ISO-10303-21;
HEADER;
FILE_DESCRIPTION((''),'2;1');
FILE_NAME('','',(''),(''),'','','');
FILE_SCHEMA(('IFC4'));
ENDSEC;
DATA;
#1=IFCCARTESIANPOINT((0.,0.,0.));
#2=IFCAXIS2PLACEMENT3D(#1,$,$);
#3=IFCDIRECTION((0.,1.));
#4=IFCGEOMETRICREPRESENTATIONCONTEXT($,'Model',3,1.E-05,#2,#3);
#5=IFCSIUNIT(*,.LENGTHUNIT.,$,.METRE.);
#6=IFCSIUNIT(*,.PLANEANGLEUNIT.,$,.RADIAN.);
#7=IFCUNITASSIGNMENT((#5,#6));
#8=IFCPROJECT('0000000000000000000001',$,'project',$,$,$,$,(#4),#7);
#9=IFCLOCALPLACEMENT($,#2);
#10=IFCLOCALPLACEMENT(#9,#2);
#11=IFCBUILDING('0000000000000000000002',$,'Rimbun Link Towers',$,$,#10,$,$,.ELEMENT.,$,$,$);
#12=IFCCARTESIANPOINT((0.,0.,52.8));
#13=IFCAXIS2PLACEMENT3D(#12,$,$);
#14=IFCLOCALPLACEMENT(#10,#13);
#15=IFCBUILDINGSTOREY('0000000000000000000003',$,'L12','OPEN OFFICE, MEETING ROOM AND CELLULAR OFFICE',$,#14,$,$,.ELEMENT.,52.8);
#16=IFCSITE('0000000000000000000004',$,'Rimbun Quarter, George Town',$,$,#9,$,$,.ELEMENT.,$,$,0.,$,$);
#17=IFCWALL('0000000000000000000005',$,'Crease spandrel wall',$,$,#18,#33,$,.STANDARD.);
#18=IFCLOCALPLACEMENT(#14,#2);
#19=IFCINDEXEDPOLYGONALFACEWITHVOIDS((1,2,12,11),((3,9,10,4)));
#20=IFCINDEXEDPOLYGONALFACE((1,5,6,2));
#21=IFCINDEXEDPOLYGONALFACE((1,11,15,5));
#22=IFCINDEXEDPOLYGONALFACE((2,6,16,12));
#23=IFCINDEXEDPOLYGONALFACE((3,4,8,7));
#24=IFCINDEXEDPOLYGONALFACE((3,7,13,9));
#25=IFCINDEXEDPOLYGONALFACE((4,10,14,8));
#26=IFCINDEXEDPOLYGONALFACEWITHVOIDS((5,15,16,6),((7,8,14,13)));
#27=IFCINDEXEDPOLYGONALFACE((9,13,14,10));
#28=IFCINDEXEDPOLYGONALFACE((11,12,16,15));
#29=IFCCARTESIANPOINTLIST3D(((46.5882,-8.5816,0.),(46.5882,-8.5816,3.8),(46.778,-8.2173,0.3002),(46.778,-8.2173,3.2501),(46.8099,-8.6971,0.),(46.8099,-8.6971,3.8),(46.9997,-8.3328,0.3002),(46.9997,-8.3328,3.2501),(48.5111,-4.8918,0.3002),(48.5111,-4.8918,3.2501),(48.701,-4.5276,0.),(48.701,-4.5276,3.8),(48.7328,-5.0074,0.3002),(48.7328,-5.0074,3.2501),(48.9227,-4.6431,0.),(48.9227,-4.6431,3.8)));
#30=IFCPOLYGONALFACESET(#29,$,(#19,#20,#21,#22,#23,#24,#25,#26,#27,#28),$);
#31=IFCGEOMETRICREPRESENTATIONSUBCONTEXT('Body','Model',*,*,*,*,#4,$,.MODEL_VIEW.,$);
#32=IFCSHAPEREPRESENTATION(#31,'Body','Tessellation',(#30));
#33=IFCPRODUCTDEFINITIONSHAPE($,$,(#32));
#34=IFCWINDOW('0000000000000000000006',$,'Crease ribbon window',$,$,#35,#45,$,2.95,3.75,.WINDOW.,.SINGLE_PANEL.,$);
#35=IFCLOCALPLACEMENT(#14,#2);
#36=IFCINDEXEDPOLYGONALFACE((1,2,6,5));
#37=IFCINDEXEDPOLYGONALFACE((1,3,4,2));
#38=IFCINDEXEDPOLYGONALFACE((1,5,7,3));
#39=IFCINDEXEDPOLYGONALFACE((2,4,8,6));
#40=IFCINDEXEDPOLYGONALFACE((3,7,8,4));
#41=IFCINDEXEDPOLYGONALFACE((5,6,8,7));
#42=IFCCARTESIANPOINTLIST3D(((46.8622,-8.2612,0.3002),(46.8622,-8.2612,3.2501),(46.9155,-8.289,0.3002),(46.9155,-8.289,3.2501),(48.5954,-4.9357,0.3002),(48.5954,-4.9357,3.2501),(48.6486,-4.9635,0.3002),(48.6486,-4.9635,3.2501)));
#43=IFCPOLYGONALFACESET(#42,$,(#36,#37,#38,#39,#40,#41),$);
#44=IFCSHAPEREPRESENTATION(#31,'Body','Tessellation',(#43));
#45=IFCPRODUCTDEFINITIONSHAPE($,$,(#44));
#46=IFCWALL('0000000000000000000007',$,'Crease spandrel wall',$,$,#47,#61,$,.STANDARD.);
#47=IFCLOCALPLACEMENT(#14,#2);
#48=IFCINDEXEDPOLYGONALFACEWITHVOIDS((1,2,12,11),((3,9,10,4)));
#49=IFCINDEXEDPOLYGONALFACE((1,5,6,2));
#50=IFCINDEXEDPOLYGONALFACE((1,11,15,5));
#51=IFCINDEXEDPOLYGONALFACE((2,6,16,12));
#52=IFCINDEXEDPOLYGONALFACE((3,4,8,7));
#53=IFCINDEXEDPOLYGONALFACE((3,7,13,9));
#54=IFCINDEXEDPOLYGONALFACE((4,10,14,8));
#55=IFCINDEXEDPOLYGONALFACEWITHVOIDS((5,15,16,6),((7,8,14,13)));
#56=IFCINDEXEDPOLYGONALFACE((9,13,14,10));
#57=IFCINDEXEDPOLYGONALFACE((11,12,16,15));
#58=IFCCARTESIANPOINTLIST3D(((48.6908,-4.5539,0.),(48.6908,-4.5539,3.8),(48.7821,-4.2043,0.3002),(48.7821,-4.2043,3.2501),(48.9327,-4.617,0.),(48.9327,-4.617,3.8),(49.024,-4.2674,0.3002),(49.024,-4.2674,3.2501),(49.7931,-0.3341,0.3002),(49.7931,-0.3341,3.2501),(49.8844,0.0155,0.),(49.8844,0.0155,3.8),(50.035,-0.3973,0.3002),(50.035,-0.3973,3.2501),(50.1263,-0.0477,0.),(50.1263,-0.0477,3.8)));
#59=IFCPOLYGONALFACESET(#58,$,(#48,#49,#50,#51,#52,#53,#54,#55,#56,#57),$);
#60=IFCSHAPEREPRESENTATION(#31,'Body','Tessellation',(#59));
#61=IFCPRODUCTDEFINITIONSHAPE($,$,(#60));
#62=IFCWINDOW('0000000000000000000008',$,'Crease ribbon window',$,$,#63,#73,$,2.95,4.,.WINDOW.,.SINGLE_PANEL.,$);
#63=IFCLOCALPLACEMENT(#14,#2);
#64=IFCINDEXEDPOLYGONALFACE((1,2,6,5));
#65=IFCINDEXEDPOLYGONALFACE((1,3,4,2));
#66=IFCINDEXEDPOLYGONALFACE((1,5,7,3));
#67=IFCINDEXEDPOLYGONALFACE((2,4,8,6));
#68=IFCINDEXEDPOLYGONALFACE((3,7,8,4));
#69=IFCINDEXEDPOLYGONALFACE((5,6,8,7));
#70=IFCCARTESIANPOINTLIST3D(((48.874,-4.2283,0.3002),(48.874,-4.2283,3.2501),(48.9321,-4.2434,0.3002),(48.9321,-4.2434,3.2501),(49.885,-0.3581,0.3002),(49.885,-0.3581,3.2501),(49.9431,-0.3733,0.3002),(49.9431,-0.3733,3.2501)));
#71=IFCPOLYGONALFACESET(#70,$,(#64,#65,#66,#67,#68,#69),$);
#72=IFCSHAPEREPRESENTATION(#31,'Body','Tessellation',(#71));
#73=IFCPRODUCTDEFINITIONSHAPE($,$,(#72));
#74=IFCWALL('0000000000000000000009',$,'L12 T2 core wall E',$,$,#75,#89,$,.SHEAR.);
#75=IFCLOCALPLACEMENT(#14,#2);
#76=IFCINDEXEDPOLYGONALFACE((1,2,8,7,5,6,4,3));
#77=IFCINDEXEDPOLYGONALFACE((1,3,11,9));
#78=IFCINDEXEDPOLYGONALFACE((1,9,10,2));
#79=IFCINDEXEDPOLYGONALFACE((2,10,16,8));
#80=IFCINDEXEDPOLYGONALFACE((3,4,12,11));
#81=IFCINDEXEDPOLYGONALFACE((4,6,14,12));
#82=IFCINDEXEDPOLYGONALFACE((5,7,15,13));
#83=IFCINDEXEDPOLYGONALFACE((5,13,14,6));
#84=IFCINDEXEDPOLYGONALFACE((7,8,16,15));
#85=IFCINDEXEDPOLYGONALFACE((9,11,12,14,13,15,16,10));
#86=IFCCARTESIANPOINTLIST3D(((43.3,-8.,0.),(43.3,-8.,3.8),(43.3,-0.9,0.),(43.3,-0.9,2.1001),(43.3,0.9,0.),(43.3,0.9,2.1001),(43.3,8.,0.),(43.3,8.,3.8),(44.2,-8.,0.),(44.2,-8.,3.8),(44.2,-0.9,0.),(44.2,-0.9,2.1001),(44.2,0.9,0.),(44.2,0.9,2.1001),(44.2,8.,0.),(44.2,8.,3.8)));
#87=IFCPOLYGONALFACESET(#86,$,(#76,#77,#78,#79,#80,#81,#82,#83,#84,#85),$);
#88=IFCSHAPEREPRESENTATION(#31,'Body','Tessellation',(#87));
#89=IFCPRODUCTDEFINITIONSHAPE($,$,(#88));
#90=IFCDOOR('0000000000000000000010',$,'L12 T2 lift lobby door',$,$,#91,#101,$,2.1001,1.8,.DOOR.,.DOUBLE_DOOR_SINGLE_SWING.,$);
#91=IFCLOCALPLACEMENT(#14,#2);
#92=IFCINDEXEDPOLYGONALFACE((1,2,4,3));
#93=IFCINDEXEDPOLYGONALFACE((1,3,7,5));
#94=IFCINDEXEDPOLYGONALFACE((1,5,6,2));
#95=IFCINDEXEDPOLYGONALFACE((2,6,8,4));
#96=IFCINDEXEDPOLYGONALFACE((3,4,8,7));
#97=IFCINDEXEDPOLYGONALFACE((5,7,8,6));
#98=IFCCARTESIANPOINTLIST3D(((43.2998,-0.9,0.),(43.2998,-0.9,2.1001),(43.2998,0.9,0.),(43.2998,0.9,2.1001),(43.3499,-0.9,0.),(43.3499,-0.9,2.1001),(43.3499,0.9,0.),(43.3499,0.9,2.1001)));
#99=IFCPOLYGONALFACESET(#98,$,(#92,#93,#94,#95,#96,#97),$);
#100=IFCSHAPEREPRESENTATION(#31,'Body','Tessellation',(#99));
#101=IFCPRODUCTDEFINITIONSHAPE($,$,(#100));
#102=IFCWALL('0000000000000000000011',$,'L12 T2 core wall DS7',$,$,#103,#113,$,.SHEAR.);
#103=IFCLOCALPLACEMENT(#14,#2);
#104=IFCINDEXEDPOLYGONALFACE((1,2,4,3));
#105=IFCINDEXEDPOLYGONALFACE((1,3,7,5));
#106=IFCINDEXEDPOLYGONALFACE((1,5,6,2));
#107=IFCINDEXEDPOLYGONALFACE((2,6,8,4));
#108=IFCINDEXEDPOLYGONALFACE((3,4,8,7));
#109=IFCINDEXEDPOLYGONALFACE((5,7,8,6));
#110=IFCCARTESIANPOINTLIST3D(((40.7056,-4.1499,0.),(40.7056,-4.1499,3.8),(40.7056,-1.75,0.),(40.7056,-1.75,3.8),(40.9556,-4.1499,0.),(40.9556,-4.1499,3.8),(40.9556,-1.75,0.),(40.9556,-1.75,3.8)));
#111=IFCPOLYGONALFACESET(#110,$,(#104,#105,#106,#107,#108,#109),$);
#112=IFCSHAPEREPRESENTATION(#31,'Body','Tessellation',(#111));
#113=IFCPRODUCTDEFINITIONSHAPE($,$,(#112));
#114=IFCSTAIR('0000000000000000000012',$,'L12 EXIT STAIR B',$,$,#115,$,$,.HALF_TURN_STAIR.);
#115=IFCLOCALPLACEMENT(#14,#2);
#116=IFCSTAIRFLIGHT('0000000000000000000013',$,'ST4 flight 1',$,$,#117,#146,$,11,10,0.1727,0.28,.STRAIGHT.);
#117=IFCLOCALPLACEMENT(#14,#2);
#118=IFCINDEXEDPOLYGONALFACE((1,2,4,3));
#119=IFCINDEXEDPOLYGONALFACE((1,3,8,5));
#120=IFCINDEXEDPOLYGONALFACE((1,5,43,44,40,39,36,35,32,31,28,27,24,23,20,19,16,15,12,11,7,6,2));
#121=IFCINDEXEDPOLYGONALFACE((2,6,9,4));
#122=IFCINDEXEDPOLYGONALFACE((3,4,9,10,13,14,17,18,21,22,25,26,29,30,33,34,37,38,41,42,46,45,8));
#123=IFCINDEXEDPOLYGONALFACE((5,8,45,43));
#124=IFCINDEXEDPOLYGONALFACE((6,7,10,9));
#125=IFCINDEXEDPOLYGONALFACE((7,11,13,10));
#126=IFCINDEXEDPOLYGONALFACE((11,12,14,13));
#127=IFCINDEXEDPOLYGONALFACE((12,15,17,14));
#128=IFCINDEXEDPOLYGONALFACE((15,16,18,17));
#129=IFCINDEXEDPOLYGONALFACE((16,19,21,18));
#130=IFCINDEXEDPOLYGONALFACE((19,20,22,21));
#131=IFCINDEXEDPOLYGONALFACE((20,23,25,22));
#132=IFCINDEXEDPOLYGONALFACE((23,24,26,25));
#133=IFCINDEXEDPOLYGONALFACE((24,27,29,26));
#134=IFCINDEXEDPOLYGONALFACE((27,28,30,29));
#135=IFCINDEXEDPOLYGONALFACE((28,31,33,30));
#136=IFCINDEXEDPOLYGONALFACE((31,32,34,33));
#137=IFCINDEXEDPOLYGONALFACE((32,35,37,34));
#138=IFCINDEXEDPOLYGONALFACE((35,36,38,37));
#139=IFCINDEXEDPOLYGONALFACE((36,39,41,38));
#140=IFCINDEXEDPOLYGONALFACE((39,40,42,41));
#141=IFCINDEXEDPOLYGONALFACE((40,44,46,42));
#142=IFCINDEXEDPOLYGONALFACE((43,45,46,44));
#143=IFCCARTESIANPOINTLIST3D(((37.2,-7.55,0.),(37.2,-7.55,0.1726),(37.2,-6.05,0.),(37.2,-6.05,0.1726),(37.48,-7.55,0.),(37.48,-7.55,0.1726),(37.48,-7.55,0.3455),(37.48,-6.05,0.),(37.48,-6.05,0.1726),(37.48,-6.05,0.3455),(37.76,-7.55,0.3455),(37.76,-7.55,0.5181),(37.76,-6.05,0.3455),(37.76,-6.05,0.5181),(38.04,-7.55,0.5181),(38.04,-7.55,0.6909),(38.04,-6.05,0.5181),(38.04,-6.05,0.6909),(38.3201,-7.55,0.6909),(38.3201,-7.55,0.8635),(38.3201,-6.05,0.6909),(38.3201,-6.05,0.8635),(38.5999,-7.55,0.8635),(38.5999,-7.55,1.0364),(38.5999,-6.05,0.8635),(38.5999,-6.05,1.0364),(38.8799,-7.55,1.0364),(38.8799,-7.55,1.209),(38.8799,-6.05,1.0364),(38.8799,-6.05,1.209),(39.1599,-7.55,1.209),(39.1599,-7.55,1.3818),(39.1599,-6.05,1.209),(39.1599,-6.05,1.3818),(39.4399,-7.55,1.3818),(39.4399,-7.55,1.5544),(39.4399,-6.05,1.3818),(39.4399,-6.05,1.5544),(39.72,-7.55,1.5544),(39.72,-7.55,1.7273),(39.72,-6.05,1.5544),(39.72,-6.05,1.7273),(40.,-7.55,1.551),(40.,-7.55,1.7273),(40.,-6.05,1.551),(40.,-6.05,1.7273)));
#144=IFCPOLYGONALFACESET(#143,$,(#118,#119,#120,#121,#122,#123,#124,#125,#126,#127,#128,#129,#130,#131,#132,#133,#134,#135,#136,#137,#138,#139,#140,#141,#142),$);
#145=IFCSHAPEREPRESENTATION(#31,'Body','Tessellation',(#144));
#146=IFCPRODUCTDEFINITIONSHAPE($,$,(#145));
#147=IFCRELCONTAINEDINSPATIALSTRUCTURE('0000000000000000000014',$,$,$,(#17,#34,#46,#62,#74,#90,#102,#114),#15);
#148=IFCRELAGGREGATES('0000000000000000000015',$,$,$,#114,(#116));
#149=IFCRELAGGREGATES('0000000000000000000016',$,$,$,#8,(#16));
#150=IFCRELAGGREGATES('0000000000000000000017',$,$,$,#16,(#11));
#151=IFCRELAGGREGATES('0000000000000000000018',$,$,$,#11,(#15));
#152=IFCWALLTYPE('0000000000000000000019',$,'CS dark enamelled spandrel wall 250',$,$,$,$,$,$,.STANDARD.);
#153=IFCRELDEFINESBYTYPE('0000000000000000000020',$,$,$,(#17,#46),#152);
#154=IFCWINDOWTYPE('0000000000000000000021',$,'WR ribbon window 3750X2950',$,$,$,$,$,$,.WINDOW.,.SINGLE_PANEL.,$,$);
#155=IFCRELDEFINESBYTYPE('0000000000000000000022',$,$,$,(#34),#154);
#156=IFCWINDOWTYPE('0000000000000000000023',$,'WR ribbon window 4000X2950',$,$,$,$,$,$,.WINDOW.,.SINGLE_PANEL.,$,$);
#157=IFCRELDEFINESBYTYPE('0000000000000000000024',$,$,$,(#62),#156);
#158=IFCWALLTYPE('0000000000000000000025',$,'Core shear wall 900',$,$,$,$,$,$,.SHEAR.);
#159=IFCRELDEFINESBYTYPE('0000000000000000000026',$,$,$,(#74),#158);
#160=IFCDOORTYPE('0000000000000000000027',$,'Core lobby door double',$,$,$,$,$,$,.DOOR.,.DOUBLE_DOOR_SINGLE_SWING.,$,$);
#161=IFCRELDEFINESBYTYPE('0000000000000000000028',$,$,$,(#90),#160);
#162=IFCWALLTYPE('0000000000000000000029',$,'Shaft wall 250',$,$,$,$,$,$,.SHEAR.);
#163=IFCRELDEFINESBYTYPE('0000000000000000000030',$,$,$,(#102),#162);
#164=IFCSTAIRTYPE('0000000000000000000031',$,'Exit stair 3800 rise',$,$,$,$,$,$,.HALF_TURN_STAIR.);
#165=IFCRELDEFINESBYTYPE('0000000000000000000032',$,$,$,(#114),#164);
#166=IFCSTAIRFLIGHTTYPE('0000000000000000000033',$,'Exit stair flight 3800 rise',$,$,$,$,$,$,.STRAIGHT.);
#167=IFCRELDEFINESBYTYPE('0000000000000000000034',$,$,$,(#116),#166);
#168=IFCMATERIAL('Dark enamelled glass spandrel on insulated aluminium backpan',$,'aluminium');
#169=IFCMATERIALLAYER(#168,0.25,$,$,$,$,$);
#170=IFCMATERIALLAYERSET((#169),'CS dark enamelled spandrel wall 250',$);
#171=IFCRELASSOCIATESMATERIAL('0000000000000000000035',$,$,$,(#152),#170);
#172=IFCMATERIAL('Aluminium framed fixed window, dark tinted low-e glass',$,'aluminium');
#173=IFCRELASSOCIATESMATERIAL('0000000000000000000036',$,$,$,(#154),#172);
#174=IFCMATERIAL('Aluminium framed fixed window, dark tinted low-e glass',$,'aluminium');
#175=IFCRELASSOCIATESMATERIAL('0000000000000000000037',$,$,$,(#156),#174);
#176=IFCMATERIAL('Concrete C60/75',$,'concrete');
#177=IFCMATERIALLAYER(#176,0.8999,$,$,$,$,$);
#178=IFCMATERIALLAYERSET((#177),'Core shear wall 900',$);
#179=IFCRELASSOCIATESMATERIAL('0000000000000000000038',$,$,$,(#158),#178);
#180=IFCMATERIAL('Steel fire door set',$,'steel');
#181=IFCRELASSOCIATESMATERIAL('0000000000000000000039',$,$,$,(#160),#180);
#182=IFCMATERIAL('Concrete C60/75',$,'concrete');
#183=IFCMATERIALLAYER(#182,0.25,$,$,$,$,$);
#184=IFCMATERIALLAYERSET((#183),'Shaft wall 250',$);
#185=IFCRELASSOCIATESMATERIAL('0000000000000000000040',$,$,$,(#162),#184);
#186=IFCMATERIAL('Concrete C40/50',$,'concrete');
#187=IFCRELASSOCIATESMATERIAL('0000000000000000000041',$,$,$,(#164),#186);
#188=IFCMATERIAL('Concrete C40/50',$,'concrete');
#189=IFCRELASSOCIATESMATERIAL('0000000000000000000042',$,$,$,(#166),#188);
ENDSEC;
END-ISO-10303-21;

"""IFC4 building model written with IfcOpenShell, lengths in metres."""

from ifc_helpers import new_model, si_unit, direction, frame, frame_2d, origin, place, context, subcontext, project, spatial, polyline, rectangle, outline, extrude, material, layer, layer_set, type_object, element, fill, aggregate, save


model = new_model("IFC4")

# Units and contexts
model_context = context("Model", 3, precision=1e-05, world=origin(), true_north=direction((0.0, 1.0)))
body_context = subcontext(model_context, "Body", "Model", "MODEL_VIEW")
ifc_project = project(units=[si_unit("LENGTHUNIT", "METRE"), si_unit("PLANEANGLEUNIT", "RADIAN")], contexts=[model_context])

# Site, building, storey
site_placement = place(None, origin())
site = spatial("IfcSite", under=ifc_project, at=site_placement, Name="Rimbun Quarter, George Town", CompositionType="ELEMENT", RefElevation=0.0)
building_placement = place(site_placement, origin())
building = spatial("IfcBuilding", under=site, at=building_placement, Name="Rimbun Link Towers", CompositionType="ELEMENT")
storey_placement = place(building_placement, frame((0.0, 0.0, 52.8)))
storey = spatial("IfcBuildingStorey", under=building, at=storey_placement, Name="L12", Description="OPEN OFFICE, MEETING ROOM AND CELLULAR OFFICE", CompositionType="ELEMENT", Elevation=52.8)

# Walls, openings, windows
ifc_material_1 = material(Name="Dark enamelled glass spandrel on insulated aluminium backpan", Category="aluminium")
ifc_layer_1 = layer(ifc_material_1, 0.25)
ifc_layer_set_1 = layer_set([ifc_layer_1], Name="CS dark enamelled spandrel wall 250")
wall_type_1 = type_object("IfcWallType", Name="CS dark enamelled spandrel wall 250", PredefinedType="STANDARD", material=ifc_layer_set_1)
wall_1_placement = place(storey_placement, frame((48.8118, -4.5854, 0.0), z_axis=(0.0, 0.0, 1.0), x_axis=(-0.462168, -0.886792, 0.0)))
wall_1 = element("IfcWall", 1, at=wall_1_placement, inside=storey, type_object=wall_type_1, Name="Crease spandrel wall", PredefinedType="STANDARD", context=body_context, shape_type="SweptSolid", body=[
    extrude(rectangle(XDim=4.5715, YDim=0.25, at=frame_2d((2.2856, 0.0))), origin(), (0.0, 0.0, 1.0), 3.8),
])
opening_1_placement = place(wall_1_placement, frame((0.4106, 0.0, 0.3)))
opening_1 = element("IfcOpeningElement", 2, at=opening_1_placement, cuts=wall_1, PredefinedType="OPENING", context=body_context, shape_type="SweptSolid", body=[
    extrude(rectangle(XDim=3.75, YDim=2.95, at=frame_2d((1.875, 1.4751))), frame((0.0, 0.135, 0.0), z_axis=(0.0, -1.0, 0.0), x_axis=(1.0, 0.0, 0.0)), (0.0, 0.0, 1.0), 0.27),
])
ifc_material_2 = material(Name="Aluminium framed fixed window, dark tinted low-e glass", Category="aluminium")
window_type_1 = type_object("IfcWindowType", Name="WR ribbon window 3750X2950", PartitioningType="SINGLE_PANEL", PredefinedType="WINDOW", material=ifc_material_2)
window_1_placement = place(opening_1_placement, origin())
window_1 = element("IfcWindow", 3, at=window_1_placement, inside=storey, type_object=window_type_1, Name="Crease ribbon window", OverallHeight=2.95, OverallWidth=3.75, PartitioningType="SINGLE_PANEL", PredefinedType="WINDOW", context=body_context, shape_type="SweptSolid", body=[
    extrude(rectangle(XDim=3.75, YDim=2.95, at=frame_2d((1.875, 1.4751))), frame((0.0, 0.03, 0.0), z_axis=(0.0, -1.0, 0.0), x_axis=(1.0, 0.0, 0.0)), (0.0, 0.0, 1.0), 0.0601),
])
fill(opening_1, window_1)
wall_2_placement = place(storey_placement, frame((50.0054, -0.0161, 0.0), z_axis=(0.0, 0.0, 1.0), x_axis=(-0.25274, -0.967534, 0.0)))
wall_2 = element("IfcWall", 4, at=wall_2_placement, inside=storey, type_object=wall_type_1, Name="Crease spandrel wall", PredefinedType="STANDARD", context=body_context, shape_type="SweptSolid", body=[
    extrude(rectangle(XDim=4.7227, YDim=0.25, at=frame_2d((2.3613, 0.0))), origin(), (0.0, 0.0, 1.0), 3.8),
])
opening_2_placement = place(wall_2_placement, frame((0.3613, 0.0, 0.3)))
opening_2 = element("IfcOpeningElement", 5, at=opening_2_placement, cuts=wall_2, PredefinedType="OPENING", context=body_context, shape_type="SweptSolid", body=[
    extrude(rectangle(XDim=4.0, YDim=2.95, at=frame_2d((2.0, 1.4751))), frame((0.0, 0.135, 0.0), z_axis=(0.0, -1.0, 0.0), x_axis=(1.0, 0.0, 0.0)), (0.0, 0.0, 1.0), 0.27),
])
ifc_material_3 = material(Name="Aluminium framed fixed window, dark tinted low-e glass", Category="aluminium")
window_type_2 = type_object("IfcWindowType", Name="WR ribbon window 4000X2950", PartitioningType="SINGLE_PANEL", PredefinedType="WINDOW", material=ifc_material_3)
window_2_placement = place(opening_2_placement, origin())
window_2 = element("IfcWindow", 6, at=window_2_placement, inside=storey, type_object=window_type_2, Name="Crease ribbon window", OverallHeight=2.95, OverallWidth=4.0, PartitioningType="SINGLE_PANEL", PredefinedType="WINDOW", context=body_context, shape_type="SweptSolid", body=[
    extrude(rectangle(XDim=4.0, YDim=2.95, at=frame_2d((2.0, 1.4751))), frame((0.0, 0.03, 0.0), z_axis=(0.0, -1.0, 0.0), x_axis=(1.0, 0.0, 0.0)), (0.0, 0.0, 1.0), 0.0601),
])
fill(opening_2, window_2)

# Wall, opening, door
ifc_material_4 = material(Name="Concrete C60/75", Category="concrete")
ifc_layer_2 = layer(ifc_material_4, 0.8999)
ifc_layer_set_2 = layer_set([ifc_layer_2], Name="Core shear wall 900")
wall_type_2 = type_object("IfcWallType", Name="Core shear wall 900", PredefinedType="SHEAR", material=ifc_layer_set_2)
wall_3_placement = place(storey_placement, frame((43.75, -8.0, 0.0), z_axis=(0.0, 0.0, 1.0), x_axis=(0.0, 1.0, 0.0)))
wall_3 = element("IfcWall", 7, at=wall_3_placement, inside=storey, type_object=wall_type_2, Name="L12 T2 core wall E", PredefinedType="SHEAR", context=body_context, shape_type="SweptSolid", body=[
    extrude(rectangle(XDim=16.0, YDim=0.8999, at=frame_2d((8.0, 0.0))), origin(), (0.0, 0.0, 1.0), 3.8),
])
opening_3_placement = place(wall_3_placement, frame((7.1001, 0.0, 0.0)))
opening_3 = element("IfcOpeningElement", 8, at=opening_3_placement, cuts=wall_3, PredefinedType="OPENING", context=body_context, shape_type="SweptSolid", body=[
    extrude(rectangle(XDim=1.8, YDim=2.1001, at=frame_2d((0.8999, 1.05))), frame((0.0, 0.46, 0.0), z_axis=(0.0, -1.0, 0.0), x_axis=(1.0, 0.0, 0.0)), (0.0, 0.0, 1.0), 0.9199),
])
ifc_material_5 = material(Name="Steel fire door set", Category="steel")
door_type = type_object("IfcDoorType", Name="Core lobby door double", OperationType="DOUBLE_DOOR_SINGLE_SWING", PredefinedType="DOOR", material=ifc_material_5)
door_placement = place(opening_3_placement, origin())
door = element("IfcDoor", 9, at=door_placement, inside=storey, type_object=door_type, Name="L12 T2 lift lobby door", OperationType="DOUBLE_DOOR_SINGLE_SWING", OverallHeight=2.1001, OverallWidth=1.8, PredefinedType="DOOR", context=body_context, shape_type="SweptSolid", body=[
    extrude(rectangle(XDim=1.8, YDim=2.1001, at=frame_2d((0.8999, 1.05))), frame((0.0, 0.4502, 0.0), z_axis=(0.0, -1.0, 0.0), x_axis=(1.0, 0.0, 0.0)), (0.0, 0.0, 1.0), 0.05),
])
fill(opening_3, door)

# Wall
ifc_material_6 = material(Name="Concrete C60/75", Category="concrete")
ifc_layer_3 = layer(ifc_material_6, 0.25)
ifc_layer_set_3 = layer_set([ifc_layer_3], Name="Shaft wall 250")
wall_type_3 = type_object("IfcWallType", Name="Shaft wall 250", PredefinedType="SHEAR", material=ifc_layer_set_3)
wall_4_placement = place(storey_placement, frame((40.8306, -4.1499, 0.0), z_axis=(0.0, 0.0, 1.0), x_axis=(0.0, 1.0, 0.0)))
element("IfcWall", 10, at=wall_4_placement, inside=storey, type_object=wall_type_3, Name="L12 T2 core wall DS7", PredefinedType="SHEAR", context=body_context, shape_type="SweptSolid", body=[
    extrude(rectangle(XDim=2.3999, YDim=0.25, at=frame_2d((1.2, 0.0))), origin(), (0.0, 0.0, 1.0), 3.8),
])

# Stair, stair flight
ifc_material_7 = material(Name="Concrete C40/50", Category="concrete")
stair_type = type_object("IfcStairType", Name="Exit stair 3800 rise", PredefinedType="HALF_TURN_STAIR", material=ifc_material_7)
stair_placement = place(storey_placement, origin())
stair = element("IfcStair", 11, at=stair_placement, inside=storey, type_object=stair_type, Name="L12 EXIT STAIR B", PredefinedType="HALF_TURN_STAIR")
ifc_material_8 = material(Name="Concrete C40/50", Category="concrete")
stair_flight_type = type_object("IfcStairFlightType", Name="Exit stair flight 3800 rise", PredefinedType="STRAIGHT", material=ifc_material_8)
stair_flight_1_placement = place(storey_placement, frame((37.2, -6.8, 0.0), z_axis=(0.0, 0.0, 1.0), x_axis=(1.0, 0.0, 0.0)))
stair_flight_1 = element("IfcStairFlight", 12, at=stair_flight_1_placement, type_object=stair_flight_type, Name="ST4 flight 1", NumberOfRisers=11, NumberOfTreads=10, PredefinedType="STRAIGHT", RiserHeight=0.1727, TreadLength=0.28, context=body_context, shape_type="SweptSolid", body=[
    extrude(outline(polyline([(0.0, 0.0), (0.0, 0.1726), (0.28, 0.1726), (0.28, 0.3455), (0.5601, 0.3455), (0.5601, 0.5181), (0.8401, 0.5181), (0.8401, 0.6909), (1.1201, 0.6909), (1.1201, 0.8635), (1.3999, 0.8635), (1.3999, 1.0364), (1.6799, 1.0364), (1.6799, 1.209), (1.96, 1.209), (1.96, 1.3818), (2.24, 1.3818), (2.24, 1.5544), (2.52, 1.5544), (2.52, 1.7273), (2.8, 1.7273), (2.8, 1.8999), (2.8, 1.551), (0.28, 0.0), (0.0, 0.0)])), frame((0.0, 0.75, 0.0), z_axis=(0.0, -1.0, 0.0), x_axis=(1.0, 0.0, 0.0)), (0.0, 0.0, 1.0), 1.5),
])
aggregate(stair, [stair_flight_1])

save(model, "model.ifc")
